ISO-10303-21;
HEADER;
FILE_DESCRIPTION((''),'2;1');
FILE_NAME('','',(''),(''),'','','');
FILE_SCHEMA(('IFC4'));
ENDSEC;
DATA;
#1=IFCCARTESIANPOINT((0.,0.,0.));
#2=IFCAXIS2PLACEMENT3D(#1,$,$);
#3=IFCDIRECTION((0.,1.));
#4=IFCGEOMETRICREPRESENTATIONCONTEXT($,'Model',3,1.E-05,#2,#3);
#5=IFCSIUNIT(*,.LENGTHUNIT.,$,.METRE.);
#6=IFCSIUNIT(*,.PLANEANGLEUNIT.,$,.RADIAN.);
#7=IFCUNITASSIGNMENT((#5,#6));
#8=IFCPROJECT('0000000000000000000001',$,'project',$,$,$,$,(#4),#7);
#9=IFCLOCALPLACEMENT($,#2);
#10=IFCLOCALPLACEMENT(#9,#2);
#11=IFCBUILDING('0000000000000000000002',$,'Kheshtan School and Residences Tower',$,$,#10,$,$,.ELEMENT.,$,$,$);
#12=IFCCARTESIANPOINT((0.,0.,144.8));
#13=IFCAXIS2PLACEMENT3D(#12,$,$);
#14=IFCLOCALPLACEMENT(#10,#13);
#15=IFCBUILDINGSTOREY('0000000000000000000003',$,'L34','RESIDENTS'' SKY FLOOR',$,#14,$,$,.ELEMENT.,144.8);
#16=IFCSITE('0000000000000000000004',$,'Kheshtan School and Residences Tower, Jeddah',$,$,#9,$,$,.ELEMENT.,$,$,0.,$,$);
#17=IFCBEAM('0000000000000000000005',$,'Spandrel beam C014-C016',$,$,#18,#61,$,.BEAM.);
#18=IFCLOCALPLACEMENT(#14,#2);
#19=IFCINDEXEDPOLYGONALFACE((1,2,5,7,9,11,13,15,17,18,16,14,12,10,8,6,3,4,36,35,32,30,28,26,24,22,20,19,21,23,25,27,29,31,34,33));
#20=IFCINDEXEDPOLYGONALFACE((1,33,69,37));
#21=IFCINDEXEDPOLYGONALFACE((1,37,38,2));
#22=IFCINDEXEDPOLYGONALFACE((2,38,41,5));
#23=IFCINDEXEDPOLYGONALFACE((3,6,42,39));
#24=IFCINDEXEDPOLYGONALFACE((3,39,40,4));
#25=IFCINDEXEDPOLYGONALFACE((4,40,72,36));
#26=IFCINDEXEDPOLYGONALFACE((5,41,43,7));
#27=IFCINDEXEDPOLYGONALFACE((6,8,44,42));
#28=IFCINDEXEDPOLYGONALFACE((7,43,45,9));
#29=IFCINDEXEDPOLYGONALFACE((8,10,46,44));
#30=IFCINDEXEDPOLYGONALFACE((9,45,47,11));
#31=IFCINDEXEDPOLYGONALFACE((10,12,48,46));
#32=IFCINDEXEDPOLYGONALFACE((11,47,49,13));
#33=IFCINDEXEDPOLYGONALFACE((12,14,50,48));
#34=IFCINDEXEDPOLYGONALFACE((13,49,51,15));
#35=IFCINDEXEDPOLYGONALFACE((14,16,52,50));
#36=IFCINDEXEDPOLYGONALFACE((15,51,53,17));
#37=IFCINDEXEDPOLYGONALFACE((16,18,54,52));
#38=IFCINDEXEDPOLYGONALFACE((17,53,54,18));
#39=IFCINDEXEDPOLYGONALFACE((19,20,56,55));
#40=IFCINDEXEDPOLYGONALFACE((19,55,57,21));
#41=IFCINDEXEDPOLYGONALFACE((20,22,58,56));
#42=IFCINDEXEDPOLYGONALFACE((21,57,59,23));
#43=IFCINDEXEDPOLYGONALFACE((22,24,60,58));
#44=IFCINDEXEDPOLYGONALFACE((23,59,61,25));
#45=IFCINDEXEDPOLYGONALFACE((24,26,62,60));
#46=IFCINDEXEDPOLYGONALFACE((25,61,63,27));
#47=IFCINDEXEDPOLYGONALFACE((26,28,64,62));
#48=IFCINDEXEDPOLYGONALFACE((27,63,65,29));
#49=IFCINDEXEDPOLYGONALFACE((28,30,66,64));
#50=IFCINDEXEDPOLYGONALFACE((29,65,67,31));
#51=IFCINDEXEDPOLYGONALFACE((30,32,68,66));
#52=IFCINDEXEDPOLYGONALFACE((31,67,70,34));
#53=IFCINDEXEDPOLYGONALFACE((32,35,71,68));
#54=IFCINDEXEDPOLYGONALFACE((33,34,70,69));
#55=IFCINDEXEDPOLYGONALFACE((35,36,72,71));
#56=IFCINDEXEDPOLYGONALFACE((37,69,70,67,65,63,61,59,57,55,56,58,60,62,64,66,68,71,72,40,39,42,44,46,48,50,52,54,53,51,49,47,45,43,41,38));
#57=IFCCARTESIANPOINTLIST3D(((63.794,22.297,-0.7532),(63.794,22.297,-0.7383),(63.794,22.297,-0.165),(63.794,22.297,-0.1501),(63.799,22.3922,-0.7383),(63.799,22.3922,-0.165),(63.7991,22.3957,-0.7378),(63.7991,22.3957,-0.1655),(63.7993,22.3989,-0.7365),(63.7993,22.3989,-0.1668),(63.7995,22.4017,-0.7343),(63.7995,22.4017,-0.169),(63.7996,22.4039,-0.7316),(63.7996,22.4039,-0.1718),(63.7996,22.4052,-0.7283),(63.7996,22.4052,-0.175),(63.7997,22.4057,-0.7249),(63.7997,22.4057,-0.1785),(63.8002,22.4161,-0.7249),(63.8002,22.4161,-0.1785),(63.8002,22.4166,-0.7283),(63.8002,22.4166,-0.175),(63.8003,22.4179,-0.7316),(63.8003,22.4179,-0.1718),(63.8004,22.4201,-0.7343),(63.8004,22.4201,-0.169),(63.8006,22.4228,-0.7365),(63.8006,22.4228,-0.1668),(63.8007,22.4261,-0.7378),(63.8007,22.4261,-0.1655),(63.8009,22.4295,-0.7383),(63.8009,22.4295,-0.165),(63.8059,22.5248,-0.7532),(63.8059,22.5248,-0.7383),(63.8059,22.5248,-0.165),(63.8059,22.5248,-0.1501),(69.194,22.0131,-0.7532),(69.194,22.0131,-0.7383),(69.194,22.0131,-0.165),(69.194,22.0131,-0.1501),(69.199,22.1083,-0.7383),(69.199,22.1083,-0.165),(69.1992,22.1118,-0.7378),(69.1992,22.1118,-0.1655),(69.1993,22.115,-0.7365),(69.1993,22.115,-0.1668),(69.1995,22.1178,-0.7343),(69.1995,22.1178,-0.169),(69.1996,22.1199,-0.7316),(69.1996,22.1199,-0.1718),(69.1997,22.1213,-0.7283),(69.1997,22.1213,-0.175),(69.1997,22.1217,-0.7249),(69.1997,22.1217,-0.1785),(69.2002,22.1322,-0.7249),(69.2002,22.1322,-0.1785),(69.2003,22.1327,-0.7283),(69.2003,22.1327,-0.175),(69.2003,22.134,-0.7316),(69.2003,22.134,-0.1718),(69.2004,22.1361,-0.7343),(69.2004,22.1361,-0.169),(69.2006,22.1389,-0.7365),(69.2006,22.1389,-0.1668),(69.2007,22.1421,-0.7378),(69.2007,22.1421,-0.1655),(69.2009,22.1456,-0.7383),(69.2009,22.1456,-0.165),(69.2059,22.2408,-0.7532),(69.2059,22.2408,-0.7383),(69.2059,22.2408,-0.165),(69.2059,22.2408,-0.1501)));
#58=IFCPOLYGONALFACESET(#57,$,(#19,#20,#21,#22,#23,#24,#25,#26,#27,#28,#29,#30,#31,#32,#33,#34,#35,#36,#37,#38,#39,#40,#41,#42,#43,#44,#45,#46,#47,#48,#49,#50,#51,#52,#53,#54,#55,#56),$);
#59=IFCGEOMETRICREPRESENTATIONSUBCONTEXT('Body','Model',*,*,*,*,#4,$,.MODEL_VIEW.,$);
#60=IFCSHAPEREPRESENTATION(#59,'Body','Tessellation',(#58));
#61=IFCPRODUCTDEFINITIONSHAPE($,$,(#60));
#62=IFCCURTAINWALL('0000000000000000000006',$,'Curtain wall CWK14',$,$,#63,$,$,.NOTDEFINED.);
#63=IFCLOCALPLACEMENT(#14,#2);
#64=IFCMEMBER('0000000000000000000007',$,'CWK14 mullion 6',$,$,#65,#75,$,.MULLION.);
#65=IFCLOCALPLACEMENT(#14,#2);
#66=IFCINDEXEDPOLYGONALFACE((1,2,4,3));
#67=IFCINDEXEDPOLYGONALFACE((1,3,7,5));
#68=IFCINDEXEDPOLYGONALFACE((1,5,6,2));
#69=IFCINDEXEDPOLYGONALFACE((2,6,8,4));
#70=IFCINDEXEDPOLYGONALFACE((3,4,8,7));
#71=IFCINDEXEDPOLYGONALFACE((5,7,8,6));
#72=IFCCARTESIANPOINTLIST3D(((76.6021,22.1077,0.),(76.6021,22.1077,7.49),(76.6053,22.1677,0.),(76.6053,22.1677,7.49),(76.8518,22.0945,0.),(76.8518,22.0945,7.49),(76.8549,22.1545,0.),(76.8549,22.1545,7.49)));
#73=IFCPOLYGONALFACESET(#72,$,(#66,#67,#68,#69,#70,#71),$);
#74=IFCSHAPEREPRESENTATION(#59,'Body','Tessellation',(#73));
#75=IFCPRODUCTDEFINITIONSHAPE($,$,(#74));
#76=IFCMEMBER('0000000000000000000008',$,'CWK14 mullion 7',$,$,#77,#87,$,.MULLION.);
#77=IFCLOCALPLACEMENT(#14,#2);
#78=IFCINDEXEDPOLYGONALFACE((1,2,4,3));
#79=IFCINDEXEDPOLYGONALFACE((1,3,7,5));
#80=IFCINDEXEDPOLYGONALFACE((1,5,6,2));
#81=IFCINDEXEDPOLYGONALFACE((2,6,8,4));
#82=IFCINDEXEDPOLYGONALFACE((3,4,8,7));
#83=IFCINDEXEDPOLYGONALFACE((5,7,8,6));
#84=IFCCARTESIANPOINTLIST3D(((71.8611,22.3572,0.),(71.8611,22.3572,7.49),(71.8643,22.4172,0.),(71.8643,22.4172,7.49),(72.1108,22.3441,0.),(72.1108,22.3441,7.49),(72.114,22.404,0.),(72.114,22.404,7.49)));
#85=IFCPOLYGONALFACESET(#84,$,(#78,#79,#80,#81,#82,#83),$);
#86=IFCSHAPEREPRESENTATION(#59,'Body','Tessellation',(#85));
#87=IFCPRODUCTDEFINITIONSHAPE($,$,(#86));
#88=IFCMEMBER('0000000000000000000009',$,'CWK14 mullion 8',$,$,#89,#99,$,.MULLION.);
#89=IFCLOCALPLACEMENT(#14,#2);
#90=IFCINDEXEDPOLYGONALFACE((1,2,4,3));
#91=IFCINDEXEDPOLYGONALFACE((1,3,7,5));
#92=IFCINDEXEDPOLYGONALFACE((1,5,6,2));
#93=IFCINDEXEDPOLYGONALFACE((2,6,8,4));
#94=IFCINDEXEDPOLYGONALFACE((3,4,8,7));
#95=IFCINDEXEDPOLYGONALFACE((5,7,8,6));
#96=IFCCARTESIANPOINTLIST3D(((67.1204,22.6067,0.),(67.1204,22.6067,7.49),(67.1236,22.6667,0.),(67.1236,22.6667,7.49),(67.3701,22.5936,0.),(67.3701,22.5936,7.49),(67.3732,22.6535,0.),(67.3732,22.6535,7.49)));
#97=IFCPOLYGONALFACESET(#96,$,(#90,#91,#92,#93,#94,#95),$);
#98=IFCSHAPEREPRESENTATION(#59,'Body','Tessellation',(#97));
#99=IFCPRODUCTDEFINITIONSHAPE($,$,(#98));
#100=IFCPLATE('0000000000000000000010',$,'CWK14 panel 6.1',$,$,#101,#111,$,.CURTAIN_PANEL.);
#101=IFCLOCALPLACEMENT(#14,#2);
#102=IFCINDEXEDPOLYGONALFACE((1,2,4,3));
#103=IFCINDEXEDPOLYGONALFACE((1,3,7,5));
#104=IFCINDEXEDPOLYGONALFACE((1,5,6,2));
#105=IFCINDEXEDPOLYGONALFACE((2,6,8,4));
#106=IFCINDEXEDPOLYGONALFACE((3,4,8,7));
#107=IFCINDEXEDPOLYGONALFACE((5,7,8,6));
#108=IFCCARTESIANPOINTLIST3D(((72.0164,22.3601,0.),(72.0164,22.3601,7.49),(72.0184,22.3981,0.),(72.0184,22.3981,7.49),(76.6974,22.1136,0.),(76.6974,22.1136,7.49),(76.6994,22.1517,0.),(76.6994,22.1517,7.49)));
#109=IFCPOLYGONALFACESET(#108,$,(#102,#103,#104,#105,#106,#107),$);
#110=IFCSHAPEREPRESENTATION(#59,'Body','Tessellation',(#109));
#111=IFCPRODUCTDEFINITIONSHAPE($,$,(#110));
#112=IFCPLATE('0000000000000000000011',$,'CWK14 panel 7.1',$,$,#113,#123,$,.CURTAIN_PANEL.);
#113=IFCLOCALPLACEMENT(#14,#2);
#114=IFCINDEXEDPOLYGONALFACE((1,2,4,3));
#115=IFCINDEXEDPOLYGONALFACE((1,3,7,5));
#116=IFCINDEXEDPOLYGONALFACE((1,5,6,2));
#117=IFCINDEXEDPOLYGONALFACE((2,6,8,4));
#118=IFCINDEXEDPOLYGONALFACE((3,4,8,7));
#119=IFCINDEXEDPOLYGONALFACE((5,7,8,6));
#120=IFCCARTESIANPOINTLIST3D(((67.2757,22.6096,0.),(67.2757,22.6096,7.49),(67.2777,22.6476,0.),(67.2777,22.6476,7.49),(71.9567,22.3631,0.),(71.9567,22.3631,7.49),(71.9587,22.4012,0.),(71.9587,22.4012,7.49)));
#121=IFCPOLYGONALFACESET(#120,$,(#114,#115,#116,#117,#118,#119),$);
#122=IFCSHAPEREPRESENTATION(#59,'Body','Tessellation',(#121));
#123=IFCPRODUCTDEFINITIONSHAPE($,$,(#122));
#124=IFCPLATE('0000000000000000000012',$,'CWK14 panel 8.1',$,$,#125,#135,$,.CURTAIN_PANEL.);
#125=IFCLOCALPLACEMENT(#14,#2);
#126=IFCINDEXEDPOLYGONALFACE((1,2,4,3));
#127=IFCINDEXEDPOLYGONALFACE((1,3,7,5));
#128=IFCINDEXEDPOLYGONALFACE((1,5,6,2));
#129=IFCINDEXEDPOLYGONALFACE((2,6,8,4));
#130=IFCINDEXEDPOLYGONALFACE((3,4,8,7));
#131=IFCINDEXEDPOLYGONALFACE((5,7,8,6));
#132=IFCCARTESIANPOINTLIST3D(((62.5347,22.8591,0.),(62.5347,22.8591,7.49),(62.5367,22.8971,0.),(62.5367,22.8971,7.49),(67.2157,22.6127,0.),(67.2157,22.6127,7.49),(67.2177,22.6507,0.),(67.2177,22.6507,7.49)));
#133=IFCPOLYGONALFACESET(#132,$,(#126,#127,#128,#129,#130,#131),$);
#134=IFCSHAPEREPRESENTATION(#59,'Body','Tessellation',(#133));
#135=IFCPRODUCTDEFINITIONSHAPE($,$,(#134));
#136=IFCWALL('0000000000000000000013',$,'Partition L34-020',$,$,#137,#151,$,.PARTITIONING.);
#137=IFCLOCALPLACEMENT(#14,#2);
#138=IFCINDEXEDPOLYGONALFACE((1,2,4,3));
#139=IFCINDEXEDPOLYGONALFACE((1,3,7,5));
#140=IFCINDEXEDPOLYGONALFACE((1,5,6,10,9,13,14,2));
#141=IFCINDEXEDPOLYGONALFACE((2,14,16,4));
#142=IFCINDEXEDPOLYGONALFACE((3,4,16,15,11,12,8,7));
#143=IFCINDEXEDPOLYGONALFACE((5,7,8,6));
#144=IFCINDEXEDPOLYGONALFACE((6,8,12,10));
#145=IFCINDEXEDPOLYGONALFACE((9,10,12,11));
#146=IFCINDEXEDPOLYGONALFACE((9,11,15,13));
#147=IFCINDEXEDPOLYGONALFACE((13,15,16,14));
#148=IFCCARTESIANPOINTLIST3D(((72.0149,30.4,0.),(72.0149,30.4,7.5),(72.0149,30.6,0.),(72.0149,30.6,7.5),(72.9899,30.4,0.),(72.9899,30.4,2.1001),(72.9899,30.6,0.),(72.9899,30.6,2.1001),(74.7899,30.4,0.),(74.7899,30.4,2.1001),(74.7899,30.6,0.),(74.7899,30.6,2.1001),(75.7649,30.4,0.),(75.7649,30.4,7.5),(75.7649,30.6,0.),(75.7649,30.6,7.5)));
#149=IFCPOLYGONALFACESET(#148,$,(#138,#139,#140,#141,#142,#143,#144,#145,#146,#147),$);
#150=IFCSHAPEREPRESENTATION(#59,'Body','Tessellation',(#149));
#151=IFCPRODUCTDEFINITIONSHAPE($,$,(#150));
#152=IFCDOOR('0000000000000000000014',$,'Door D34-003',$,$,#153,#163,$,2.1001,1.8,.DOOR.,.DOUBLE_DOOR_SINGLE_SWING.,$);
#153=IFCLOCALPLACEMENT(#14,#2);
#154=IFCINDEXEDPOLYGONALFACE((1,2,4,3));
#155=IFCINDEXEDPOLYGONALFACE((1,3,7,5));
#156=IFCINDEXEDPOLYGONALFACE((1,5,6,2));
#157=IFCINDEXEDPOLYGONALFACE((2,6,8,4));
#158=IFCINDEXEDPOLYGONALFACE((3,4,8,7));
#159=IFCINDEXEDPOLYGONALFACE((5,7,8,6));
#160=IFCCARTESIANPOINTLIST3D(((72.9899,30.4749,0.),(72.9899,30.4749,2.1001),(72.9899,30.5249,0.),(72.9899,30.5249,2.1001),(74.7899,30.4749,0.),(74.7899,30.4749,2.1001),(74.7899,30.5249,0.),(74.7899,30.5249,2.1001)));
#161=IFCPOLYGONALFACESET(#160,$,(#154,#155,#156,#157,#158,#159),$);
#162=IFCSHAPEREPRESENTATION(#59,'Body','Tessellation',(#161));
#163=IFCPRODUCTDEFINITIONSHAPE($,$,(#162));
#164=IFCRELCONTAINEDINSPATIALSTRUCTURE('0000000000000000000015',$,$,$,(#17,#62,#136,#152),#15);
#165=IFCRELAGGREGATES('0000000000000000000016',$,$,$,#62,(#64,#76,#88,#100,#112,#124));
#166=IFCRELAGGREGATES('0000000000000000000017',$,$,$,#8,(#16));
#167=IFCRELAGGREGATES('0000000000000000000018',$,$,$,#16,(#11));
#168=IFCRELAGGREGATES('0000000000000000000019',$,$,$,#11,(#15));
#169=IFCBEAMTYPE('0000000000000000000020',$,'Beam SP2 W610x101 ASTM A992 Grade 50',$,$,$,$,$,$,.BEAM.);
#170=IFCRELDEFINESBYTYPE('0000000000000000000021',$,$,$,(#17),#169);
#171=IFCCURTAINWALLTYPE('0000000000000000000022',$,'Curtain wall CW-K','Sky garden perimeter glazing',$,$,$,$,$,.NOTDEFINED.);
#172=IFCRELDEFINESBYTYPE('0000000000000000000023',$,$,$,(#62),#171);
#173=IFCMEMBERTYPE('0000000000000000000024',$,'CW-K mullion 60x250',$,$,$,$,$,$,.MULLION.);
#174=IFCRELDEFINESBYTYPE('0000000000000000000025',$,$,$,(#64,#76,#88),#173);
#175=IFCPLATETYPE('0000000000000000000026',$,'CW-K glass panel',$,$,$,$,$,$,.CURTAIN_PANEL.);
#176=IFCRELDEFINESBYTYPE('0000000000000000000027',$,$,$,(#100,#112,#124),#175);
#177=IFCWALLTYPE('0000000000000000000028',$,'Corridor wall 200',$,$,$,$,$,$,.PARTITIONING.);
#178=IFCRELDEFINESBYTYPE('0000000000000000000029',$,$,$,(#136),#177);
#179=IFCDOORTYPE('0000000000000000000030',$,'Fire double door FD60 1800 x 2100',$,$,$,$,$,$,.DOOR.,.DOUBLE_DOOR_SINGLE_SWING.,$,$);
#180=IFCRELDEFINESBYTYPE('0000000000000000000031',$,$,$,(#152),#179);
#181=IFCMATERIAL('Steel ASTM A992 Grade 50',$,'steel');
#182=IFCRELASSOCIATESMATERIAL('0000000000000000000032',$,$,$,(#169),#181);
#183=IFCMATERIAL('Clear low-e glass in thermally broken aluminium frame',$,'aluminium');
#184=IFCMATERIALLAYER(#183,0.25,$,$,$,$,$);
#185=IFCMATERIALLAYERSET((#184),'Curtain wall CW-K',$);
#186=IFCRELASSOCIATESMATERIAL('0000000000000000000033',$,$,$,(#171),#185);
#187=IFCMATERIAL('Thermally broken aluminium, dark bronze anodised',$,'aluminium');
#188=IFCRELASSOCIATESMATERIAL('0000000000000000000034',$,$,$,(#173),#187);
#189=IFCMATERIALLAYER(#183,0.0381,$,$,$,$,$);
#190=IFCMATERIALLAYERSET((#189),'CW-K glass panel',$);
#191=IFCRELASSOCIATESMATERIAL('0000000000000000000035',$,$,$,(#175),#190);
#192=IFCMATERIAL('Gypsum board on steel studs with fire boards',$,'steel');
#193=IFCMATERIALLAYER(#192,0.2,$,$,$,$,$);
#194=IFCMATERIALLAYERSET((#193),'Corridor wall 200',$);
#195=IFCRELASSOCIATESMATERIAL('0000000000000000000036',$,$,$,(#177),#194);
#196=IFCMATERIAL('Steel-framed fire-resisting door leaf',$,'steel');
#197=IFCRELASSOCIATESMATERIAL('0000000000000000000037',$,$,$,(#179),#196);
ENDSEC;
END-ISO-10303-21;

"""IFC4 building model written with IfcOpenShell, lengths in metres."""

from ifc_helpers import new_model, si_unit, direction, frame, frame_2d, origin, origin_2d, place, context, subcontext, project, spatial, rectangle, i_section, extrude, source, transform, mapped, material, layer, layer_set, material_profile, profile_set, type_object, element, fill, aggregate, save


model = new_model("IFC4")

# Units and contexts
model_context = context("Model", 3, precision=1e-05, world=origin(), true_north=direction((0.0, 1.0)))
body_context = subcontext(model_context, "Body", "Model", "MODEL_VIEW")
ifc_project = project(units=[si_unit("LENGTHUNIT", "METRE"), si_unit("PLANEANGLEUNIT", "RADIAN")], contexts=[model_context])

# Site, building, storey
site_placement = place(None, origin())
site = spatial("IfcSite", under=ifc_project, at=site_placement, Name="Kheshtan School and Residences Tower, Jeddah", CompositionType="ELEMENT", RefElevation=0.0)
building_placement = place(site_placement, origin())
building = spatial("IfcBuilding", under=site, at=building_placement, Name="Kheshtan School and Residences Tower", CompositionType="ELEMENT")
storey_placement = place(building_placement, frame((0.0, 0.0, 144.8)))
storey = spatial("IfcBuildingStorey", under=building, at=storey_placement, Name="L34", Description="RESIDENTS' SKY FLOOR", CompositionType="ELEMENT", Elevation=144.8)

# Shared definitions
ifc_material_1 = material(Name="Steel ASTM A992 Grade 50", Category="steel")

# Beam
ifc_material_profile_1 = material_profile(ifc_material_1, i_section(OverallWidth=0.228, OverallDepth=0.603, WebThickness=0.0105, FlangeThickness=0.0149, FilletRadius=0.0134, at=origin_2d()), Name="W610x101")
ifc_profile_set_1 = profile_set([ifc_material_profile_1], Name="Steel ASTM A992 Grade 50")
beam_type_1 = type_object("IfcBeamType", Name="Beam SP2 W610x101 ASTM A992 Grade 50", PredefinedType="BEAM", material=ifc_profile_set_1)
beam_1_placement = place(storey_placement, frame((69.2, 22.127, -0.4517), z_axis=(-0.99862, 0.052509, 0.0), x_axis=(-0.052509, -0.99862, 0.0)))
element("IfcBeam", 1, at=beam_1_placement, inside=storey, type_object=beam_type_1, Name="Spandrel beam C014-C016", PredefinedType="BEAM", context=body_context, shape_type="SweptSolid", body=[
    extrude(i_section(OverallWidth=0.228, OverallDepth=0.603, WebThickness=0.0105, FlangeThickness=0.0149, FilletRadius=0.0134, at=origin_2d()), origin(), (0.0, 0.0, 1.0), 5.4075),
])

# Curtain wall, members, plates
ifc_material_2 = material(Name="Clear low-e glass in thermally broken aluminium frame", Category="aluminium")
ifc_layer_1 = layer(ifc_material_2, 0.25)
ifc_layer_set_1 = layer_set([ifc_layer_1], Name="Curtain wall CW-K")
curtain_wall_type = type_object("IfcCurtainWallType", Name="Curtain wall CW-K", Description="Sky garden perimeter glazing", PredefinedType="NOTDEFINED", material=ifc_layer_set_1)
curtain_wall_placement = place(storey_placement, origin())
curtain_wall = element("IfcCurtainWall", 2, at=curtain_wall_placement, inside=storey, type_object=curtain_wall_type, Name="Curtain wall CWK14", PredefinedType="NOTDEFINED")
ifc_material_3 = material(Name="Thermally broken aluminium, dark bronze anodised", Category="aluminium")
ifc_material_profile_2 = material_profile(ifc_material_3, rectangle(XDim=0.0601, YDim=0.25, at=origin_2d()), Name="CW-K mullion 60x250")
ifc_profile_set_2 = profile_set([ifc_material_profile_2], Name="Thermally broken aluminium, dark bronze anodised")
member_type = type_object("IfcMemberType", Name="CW-K mullion 60x250", PredefinedType="MULLION", material=ifc_profile_set_2)
member_1_placement = place(storey_placement, frame((76.7285, 22.1311, 0.0), z_axis=(0.0, 0.0, 1.0), x_axis=(-0.05257, -0.998617, 0.0)))
member_1 = element("IfcMember", 3, at=member_1_placement, type_object=member_type, Name="CWK14 mullion 6", PredefinedType="MULLION", context=body_context, shape_type="SweptSolid", body=[
    extrude(rectangle(XDim=0.0601, YDim=0.25, at=origin_2d()), origin(), (0.0, 0.0, 1.0), 7.49),
])
member_2_placement = place(storey_placement, frame((71.9875, 22.3806, 0.0), z_axis=(0.0, 0.0, 1.0), x_axis=(-0.05257, -0.998617, 0.0)))
member_2 = element("IfcMember", 4, at=member_2_placement, type_object=member_type, Name="CWK14 mullion 7", PredefinedType="MULLION", context=body_context, shape_type="SweptSolid", body=[
    extrude(rectangle(XDim=0.0601, YDim=0.25, at=origin_2d()), origin(), (0.0, 0.0, 1.0), 7.49),
])
member_3_placement = place(storey_placement, frame((67.2468, 22.6301, 0.0), z_axis=(0.0, 0.0, 1.0), x_axis=(-0.05257, -0.998617, 0.0)))
member_3 = element("IfcMember", 5, at=member_3_placement, type_object=member_type, Name="CWK14 mullion 8", PredefinedType="MULLION", context=body_context, shape_type="SweptSolid", body=[
    extrude(rectangle(XDim=0.0601, YDim=0.25, at=origin_2d()), origin(), (0.0, 0.0, 1.0), 7.49),
])
ifc_layer_2 = layer(ifc_material_2, 0.0381)
ifc_layer_set_2 = layer_set([ifc_layer_2], Name="CW-K glass panel")
plate_type = type_object("IfcPlateType", Name="CW-K glass panel", PredefinedType="CURTAIN_PANEL", material=ifc_layer_set_2)
plate_1_placement = place(storey_placement, frame((74.3579, 22.2559, 0.0), z_axis=(0.0, 0.0, 1.0), x_axis=(-0.998617, 0.05257, 0.0)))
plate_1 = element("IfcPlate", 6, at=plate_1_placement, type_object=plate_type, Name="CWK14 panel 6.1", PredefinedType="CURTAIN_PANEL", context=body_context, shape_type="SweptSolid", body=[
    extrude(rectangle(XDim=4.6875, YDim=0.0381, at=origin_2d()), origin(), (0.0, 0.0, 1.0), 7.49),
])
plate_2_placement = place(storey_placement, frame((69.6172, 22.5054, 0.0), z_axis=(0.0, 0.0, 1.0), x_axis=(-0.998617, 0.05257, 0.0)))
plate_2 = element("IfcPlate", 7, at=plate_2_placement, type_object=plate_type, Name="CWK14 panel 7.1", PredefinedType="CURTAIN_PANEL", context=body_context, shape_type="SweptSolid", body=[
    extrude(rectangle(XDim=4.6875, YDim=0.0381, at=origin_2d()), origin(), (0.0, 0.0, 1.0), 7.49),
])
plate_3_placement = place(storey_placement, frame((64.8762, 22.7549, 0.0), z_axis=(0.0, 0.0, 1.0), x_axis=(-0.998617, 0.05257, 0.0)))
plate_3 = element("IfcPlate", 8, at=plate_3_placement, type_object=plate_type, Name="CWK14 panel 8.1", PredefinedType="CURTAIN_PANEL", context=body_context, shape_type="SweptSolid", body=[
    extrude(rectangle(XDim=4.6875, YDim=0.0381, at=origin_2d()), origin(), (0.0, 0.0, 1.0), 7.49),
])
aggregate(curtain_wall, [member_1, member_2, member_3, plate_1, plate_2, plate_3])

# Wall, opening, door
ifc_material_4 = material(Name="Gypsum board on steel studs with fire boards", Category="steel")
ifc_layer_3 = layer(ifc_material_4, 0.2)
ifc_layer_set_3 = layer_set([ifc_layer_3], Name="Corridor wall 200")
wall_type_1 = type_object("IfcWallType", Name="Corridor wall 200", PredefinedType="PARTITIONING", material=ifc_layer_set_3)
wall_1_placement = place(storey_placement, frame((72.0149, 30.5, 0.0), z_axis=(0.0, 0.0, 1.0), x_axis=(1.0, 0.0, 0.0)))
wall_1 = element("IfcWall", 9, at=wall_1_placement, inside=storey, type_object=wall_type_1, Name="Partition L34-020", PredefinedType="PARTITIONING", context=body_context, shape_type="SweptSolid", body=[
    extrude(rectangle(XDim=3.75, YDim=0.2, at=frame_2d((1.875, 0.0))), origin(), (0.0, 0.0, 1.0), 7.5),
])
opening_1_placement = place(wall_1_placement, frame((0.9751, 0.0, 0.0)))
opening_1 = element("IfcOpeningElement", 10, at=opening_1_placement, cuts=wall_1, PredefinedType="OPENING", context=body_context, shape_type="SweptSolid", body=[
    extrude(rectangle(XDim=1.8, YDim=2.1001, at=frame_2d((0.8999, 1.05))), frame((0.0, 0.1099, 0.0), z_axis=(0.0, -1.0, 0.0), x_axis=(1.0, 0.0, 0.0)), (0.0, 0.0, 1.0), 0.22),
])
ifc_material_5 = material(Name="Steel-framed fire-resisting door leaf", Category="steel")
door_type_1 = type_object("IfcDoorType", Name="Fire double door FD60 1800 x 2100", OperationType="DOUBLE_DOOR_SINGLE_SWING", PredefinedType="DOOR", material=ifc_material_5)
shared_shape_1 = source(origin(), body_context, "Body", "SweptSolid", [
    extrude(rectangle(XDim=1.8, YDim=2.1001, at=frame_2d((0.8999, 1.05))), frame((0.0, 0.0249, 0.0), z_axis=(0.0, -1.0, 0.0), x_axis=(1.0, 0.0, 0.0)), (0.0, 0.0, 1.0), 0.05),
])
door_1_placement = place(opening_1_placement, origin())
door_1 = element("IfcDoor", 11, at=door_1_placement, inside=storey, type_object=door_type_1, Name="Door D34-003", OperationType="DOUBLE_DOOR_SINGLE_SWING", OverallHeight=2.1001, OverallWidth=1.8, PredefinedType="DOOR", context=body_context, shape_type="MappedRepresentation", body=[
    mapped(shared_shape_1, transform((0.0, 0.0, 0.0), x_axis=(1.0, 0.0, 0.0), y_axis=(0.0, 1.0, 0.0), z_axis=(0.0, 0.0, 1.0), scale=1.0)),
])
fill(opening_1, door_1)

save(model, "model.ifc")
